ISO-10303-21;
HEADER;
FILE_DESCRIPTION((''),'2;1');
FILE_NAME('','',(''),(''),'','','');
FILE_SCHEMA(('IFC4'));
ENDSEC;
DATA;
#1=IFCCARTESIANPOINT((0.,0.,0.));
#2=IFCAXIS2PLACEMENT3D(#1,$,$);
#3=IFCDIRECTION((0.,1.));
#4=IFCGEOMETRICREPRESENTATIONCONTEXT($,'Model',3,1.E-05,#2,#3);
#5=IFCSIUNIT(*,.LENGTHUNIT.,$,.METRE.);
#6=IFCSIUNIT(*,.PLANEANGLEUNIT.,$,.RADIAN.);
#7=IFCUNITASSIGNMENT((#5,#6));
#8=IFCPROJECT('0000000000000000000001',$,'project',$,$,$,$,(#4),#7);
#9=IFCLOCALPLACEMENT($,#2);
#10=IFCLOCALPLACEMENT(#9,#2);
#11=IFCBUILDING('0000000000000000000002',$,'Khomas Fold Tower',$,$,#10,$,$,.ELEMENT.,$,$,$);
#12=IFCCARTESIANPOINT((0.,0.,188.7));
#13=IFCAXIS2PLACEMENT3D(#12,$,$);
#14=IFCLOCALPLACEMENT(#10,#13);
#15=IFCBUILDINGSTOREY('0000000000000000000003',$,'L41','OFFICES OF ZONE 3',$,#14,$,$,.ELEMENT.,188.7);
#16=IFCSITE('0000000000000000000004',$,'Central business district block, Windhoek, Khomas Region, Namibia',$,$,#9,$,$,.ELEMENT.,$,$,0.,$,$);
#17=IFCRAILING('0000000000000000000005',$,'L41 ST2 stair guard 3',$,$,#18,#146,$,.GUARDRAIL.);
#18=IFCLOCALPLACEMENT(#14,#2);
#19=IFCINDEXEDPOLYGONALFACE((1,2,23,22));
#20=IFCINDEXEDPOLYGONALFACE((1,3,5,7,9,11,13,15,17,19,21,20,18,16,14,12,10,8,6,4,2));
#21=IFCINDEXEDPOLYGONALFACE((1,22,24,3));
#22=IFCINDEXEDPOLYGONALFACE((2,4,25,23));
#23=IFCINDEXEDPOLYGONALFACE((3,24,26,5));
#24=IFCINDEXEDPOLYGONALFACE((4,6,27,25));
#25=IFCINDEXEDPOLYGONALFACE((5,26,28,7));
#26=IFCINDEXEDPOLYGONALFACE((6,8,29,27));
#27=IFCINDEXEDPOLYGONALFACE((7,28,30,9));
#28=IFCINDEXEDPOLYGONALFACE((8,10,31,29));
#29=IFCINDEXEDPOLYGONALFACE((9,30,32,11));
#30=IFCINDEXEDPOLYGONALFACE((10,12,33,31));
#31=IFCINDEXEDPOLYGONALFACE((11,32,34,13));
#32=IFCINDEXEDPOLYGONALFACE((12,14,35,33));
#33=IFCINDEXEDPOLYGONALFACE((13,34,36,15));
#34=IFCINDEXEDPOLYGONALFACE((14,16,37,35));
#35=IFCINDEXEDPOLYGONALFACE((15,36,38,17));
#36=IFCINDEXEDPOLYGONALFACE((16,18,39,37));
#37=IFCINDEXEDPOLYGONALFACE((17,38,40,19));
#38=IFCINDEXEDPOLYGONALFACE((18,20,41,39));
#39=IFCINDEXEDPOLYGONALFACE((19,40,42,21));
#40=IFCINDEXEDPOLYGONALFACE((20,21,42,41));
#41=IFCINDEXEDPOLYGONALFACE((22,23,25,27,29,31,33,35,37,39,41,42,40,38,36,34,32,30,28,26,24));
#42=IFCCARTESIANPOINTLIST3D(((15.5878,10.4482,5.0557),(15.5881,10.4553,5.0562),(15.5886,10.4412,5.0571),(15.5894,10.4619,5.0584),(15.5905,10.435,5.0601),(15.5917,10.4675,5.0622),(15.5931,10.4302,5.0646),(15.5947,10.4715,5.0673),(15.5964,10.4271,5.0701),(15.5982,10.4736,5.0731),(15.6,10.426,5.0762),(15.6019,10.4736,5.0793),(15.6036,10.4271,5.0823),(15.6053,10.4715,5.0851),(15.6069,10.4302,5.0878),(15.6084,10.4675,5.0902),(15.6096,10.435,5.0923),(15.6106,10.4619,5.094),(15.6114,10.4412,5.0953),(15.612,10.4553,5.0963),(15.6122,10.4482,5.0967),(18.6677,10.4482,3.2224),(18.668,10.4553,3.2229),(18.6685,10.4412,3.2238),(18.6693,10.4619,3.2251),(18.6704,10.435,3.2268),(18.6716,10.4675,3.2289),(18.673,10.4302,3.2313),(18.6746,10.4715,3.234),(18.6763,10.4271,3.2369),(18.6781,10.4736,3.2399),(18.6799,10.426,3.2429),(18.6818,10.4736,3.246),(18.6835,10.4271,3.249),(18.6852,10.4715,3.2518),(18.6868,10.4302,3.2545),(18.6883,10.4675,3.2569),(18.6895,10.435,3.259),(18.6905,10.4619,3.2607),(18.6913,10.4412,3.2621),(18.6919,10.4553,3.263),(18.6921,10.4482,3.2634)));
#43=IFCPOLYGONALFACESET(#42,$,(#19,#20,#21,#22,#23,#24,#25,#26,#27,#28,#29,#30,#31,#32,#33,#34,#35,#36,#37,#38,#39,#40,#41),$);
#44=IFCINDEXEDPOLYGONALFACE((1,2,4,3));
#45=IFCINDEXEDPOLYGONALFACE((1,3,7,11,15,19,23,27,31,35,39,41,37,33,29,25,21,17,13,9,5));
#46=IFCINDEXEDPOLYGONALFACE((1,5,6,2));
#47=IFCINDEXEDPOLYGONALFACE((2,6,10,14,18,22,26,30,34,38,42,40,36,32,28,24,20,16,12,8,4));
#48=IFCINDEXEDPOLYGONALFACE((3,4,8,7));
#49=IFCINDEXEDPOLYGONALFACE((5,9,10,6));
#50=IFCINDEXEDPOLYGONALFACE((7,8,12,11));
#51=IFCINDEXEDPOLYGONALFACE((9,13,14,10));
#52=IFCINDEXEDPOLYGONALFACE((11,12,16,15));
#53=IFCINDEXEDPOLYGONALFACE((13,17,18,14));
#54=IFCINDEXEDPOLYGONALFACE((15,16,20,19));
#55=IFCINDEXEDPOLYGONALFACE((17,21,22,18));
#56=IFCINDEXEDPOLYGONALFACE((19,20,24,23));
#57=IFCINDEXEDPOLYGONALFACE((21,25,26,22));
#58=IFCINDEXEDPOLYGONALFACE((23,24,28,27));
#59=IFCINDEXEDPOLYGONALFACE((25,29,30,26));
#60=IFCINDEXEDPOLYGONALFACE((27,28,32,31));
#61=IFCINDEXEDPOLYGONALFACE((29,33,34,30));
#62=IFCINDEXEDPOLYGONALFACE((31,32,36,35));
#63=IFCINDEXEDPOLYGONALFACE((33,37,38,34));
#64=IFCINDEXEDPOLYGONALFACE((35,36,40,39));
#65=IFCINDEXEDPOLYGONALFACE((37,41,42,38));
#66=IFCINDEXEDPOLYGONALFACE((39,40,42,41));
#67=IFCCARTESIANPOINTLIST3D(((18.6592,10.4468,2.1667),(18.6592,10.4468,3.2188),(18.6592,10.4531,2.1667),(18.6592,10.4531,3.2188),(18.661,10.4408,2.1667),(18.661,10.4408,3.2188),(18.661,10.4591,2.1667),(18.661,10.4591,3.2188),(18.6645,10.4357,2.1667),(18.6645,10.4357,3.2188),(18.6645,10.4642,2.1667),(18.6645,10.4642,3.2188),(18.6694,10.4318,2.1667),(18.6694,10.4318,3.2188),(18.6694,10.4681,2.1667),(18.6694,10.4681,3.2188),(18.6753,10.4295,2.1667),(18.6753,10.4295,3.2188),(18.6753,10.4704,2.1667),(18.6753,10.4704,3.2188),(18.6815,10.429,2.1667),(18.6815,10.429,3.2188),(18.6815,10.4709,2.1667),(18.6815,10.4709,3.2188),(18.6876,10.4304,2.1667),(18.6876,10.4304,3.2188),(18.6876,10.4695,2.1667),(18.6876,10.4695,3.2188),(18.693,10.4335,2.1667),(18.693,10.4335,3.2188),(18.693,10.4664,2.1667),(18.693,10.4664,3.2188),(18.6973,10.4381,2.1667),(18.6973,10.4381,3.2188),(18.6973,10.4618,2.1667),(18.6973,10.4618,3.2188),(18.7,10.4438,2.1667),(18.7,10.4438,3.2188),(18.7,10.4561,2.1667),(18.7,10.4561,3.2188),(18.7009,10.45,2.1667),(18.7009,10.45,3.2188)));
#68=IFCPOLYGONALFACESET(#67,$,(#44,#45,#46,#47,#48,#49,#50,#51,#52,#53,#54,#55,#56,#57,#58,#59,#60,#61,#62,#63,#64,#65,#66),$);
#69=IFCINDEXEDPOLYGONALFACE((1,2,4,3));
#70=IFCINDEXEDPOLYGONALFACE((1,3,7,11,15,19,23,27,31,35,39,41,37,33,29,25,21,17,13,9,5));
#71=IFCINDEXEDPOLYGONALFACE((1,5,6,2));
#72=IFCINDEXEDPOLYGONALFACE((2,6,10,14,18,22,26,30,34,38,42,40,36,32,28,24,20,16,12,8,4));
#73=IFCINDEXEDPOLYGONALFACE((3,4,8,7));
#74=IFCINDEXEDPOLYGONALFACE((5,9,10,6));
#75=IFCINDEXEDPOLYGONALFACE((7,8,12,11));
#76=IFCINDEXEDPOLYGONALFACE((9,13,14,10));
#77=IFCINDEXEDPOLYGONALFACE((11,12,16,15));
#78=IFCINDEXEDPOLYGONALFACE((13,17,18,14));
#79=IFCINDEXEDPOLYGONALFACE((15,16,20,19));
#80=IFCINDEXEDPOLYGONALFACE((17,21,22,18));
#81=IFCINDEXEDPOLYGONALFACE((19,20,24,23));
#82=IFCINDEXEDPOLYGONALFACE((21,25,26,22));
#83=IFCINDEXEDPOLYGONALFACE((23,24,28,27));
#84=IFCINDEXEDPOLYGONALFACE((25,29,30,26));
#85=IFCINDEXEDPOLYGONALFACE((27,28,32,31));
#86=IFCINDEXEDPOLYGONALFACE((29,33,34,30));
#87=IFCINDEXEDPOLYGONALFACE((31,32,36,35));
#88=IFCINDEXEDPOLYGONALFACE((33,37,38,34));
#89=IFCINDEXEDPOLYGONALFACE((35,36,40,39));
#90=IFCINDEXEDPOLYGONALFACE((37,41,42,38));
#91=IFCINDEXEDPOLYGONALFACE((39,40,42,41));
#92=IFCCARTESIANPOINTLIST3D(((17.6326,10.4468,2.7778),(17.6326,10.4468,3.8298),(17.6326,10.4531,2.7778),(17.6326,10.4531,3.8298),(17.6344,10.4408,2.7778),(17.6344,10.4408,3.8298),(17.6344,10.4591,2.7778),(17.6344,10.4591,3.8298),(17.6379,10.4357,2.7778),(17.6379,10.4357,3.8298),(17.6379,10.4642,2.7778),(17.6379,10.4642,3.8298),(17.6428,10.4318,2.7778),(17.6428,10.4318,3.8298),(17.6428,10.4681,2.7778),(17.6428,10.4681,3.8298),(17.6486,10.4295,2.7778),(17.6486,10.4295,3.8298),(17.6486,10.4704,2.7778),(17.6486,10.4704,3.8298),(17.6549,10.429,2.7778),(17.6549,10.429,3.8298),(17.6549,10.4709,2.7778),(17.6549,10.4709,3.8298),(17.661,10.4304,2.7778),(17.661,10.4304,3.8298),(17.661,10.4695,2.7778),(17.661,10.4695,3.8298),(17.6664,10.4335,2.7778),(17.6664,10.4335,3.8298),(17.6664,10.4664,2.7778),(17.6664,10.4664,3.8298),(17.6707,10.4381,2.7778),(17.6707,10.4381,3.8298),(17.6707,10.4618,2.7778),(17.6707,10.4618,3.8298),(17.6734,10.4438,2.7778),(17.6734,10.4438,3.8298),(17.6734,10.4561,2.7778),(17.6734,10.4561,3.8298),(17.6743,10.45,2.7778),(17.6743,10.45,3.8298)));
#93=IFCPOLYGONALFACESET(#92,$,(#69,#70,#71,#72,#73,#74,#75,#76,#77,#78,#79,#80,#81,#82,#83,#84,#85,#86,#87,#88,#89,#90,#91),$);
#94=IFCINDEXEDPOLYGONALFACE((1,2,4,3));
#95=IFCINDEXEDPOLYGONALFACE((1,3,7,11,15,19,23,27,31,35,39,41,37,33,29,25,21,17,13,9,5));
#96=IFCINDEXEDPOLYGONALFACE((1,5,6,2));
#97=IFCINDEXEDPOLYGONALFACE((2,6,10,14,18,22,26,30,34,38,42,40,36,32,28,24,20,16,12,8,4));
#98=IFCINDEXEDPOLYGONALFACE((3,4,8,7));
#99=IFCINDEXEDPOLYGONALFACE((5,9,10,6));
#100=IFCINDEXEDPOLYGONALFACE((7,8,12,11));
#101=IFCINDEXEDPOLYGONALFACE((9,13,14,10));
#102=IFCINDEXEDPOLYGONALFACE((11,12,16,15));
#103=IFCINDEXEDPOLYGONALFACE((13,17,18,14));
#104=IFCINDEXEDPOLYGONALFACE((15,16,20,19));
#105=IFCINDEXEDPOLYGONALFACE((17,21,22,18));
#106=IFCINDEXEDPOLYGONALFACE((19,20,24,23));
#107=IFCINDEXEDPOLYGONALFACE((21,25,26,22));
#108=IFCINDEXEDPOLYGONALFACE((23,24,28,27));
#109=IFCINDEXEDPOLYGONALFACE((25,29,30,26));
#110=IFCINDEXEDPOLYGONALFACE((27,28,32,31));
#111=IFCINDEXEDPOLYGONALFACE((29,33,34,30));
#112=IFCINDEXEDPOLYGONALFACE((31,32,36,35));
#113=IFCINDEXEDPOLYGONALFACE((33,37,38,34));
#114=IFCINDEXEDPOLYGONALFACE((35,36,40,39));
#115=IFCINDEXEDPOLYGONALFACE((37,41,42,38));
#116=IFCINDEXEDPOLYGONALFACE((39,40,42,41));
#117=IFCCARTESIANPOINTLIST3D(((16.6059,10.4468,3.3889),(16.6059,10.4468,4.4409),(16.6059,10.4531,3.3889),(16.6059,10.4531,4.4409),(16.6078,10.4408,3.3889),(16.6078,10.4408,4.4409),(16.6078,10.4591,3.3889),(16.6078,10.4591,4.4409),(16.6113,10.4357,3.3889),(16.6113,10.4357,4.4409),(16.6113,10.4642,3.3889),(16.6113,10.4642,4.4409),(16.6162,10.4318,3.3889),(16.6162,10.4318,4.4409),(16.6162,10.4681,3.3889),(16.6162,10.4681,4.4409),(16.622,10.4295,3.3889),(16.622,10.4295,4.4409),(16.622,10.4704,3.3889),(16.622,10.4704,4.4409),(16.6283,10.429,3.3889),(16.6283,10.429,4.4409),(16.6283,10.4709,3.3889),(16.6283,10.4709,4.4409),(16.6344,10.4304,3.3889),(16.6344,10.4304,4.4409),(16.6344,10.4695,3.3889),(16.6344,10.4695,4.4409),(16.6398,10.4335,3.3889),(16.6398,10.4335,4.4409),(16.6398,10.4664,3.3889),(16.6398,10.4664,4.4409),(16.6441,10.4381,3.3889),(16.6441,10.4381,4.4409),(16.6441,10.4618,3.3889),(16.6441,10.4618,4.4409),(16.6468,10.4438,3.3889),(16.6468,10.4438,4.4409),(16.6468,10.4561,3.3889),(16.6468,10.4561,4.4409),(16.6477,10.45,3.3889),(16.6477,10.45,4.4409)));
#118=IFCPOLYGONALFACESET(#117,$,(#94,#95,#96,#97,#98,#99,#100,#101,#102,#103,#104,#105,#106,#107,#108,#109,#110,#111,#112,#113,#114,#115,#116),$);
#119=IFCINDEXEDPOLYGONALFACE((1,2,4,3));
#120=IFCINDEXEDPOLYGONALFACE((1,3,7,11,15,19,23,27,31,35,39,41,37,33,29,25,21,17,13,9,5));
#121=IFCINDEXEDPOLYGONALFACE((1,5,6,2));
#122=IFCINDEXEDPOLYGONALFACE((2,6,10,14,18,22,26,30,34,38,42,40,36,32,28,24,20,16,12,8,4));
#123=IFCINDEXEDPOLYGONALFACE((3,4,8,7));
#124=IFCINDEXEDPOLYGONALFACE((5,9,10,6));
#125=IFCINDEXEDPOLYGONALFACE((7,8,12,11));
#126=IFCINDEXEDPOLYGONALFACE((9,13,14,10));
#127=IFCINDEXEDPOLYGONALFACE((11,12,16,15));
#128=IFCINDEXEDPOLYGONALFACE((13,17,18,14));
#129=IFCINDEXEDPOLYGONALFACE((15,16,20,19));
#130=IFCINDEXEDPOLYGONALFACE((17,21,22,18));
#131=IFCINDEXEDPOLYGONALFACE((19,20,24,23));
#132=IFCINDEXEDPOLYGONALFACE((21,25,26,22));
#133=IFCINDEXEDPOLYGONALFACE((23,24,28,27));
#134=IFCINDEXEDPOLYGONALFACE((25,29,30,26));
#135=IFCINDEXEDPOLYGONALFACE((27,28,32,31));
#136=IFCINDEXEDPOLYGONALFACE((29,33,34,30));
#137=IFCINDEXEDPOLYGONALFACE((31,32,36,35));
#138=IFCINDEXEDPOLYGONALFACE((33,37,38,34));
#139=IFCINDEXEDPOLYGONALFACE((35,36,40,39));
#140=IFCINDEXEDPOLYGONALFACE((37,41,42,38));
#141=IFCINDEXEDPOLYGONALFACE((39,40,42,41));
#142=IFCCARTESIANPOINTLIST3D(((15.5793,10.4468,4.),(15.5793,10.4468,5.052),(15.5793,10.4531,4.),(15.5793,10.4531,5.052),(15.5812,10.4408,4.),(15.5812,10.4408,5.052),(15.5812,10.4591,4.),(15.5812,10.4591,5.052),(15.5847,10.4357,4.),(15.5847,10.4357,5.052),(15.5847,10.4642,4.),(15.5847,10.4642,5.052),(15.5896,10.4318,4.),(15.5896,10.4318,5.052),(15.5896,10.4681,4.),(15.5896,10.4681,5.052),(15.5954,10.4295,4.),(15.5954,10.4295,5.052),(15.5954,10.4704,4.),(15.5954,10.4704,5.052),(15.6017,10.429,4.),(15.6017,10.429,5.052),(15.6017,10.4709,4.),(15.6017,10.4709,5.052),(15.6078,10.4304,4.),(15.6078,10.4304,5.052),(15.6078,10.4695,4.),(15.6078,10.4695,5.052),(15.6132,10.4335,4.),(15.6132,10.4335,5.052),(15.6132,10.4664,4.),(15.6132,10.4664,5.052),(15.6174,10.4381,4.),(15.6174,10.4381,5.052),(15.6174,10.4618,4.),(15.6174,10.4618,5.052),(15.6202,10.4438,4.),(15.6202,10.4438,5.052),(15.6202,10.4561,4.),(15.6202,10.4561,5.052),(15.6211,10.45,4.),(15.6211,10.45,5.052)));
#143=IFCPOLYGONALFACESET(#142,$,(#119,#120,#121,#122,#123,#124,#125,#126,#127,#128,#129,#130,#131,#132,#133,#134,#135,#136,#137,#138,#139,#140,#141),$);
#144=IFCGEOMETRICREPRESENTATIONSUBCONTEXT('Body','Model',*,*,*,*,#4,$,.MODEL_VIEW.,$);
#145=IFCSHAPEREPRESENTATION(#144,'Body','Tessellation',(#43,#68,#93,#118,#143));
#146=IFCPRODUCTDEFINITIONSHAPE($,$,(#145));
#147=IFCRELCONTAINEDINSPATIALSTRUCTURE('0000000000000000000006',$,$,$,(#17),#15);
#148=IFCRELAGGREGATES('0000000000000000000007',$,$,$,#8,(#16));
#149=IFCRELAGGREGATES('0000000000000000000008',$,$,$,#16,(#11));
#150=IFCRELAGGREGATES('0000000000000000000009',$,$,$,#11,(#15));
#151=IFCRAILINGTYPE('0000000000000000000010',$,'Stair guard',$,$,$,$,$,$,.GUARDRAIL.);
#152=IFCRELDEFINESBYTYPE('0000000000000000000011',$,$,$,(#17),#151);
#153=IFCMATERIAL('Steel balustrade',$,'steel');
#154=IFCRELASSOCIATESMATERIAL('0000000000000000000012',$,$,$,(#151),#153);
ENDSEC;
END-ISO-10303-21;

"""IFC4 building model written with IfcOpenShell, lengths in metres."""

from ifc_helpers import new_model, si_unit, direction, frame, origin, origin_2d, place, context, subcontext, project, spatial, circle, extrude, source, transform, mapped, material, type_object, element, save


model = new_model("IFC4")

# Units and contexts
model_context = context("Model", 3, precision=1e-05, world=origin(), true_north=direction((0.0, 1.0)))
body_context = subcontext(model_context, "Body", "Model", "MODEL_VIEW")
ifc_project = project(units=[si_unit("LENGTHUNIT", "METRE"), si_unit("PLANEANGLEUNIT", "RADIAN")], contexts=[model_context])

# Site, building, storey
site_placement = place(None, origin())
site = spatial("IfcSite", under=ifc_project, at=site_placement, Name="Central business district block, Windhoek, Khomas Region, Namibia", CompositionType="ELEMENT", RefElevation=0.0)
building_placement = place(site_placement, origin())
building = spatial("IfcBuilding", under=site, at=building_placement, Name="Khomas Fold Tower", CompositionType="ELEMENT")
storey_placement = place(building_placement, frame((0.0, 0.0, 188.7)))
storey = spatial("IfcBuildingStorey", under=building, at=storey_placement, Name="L41", Description="OFFICES OF ZONE 3", CompositionType="ELEMENT", Elevation=188.7)

# Railing
ifc_material_1 = material(Name="Steel balustrade", Category="steel")
railing_type_1 = type_object("IfcRailingType", Name="Stair guard", PredefinedType="GUARDRAIL", material=ifc_material_1)
shared_shape_1 = source(origin(), body_context, "Body", "SweptSolid", [
    extrude(circle(Radius=0.0239, at=origin_2d()), frame((0.0, 0.0, 1.0762), z_axis=(-0.859291, 0.0, 0.511487), x_axis=(0.0, -1.0, 0.0)), (0.0, 0.0, 1.0), 3.5842),
    extrude(circle(Radius=0.021, at=origin_2d()), origin(), (0.0, 0.0, 1.0), 1.052),
    extrude(circle(Radius=0.021, at=origin_2d()), frame((-1.0266, 0.0, 0.6111)), (0.0, 0.0, 1.0), 1.052),
    extrude(circle(Radius=0.021, at=origin_2d()), frame((-2.0532, 0.0, 1.2222)), (0.0, 0.0, 1.0), 1.052),
    extrude(circle(Radius=0.021, at=origin_2d()), frame((-3.0798, 0.0, 1.8333)), (0.0, 0.0, 1.0), 1.052),
])
railing_1_placement = place(storey_placement, frame((18.6799, 10.45, 2.1667)))
element("IfcRailing", 1, at=railing_1_placement, inside=storey, type_object=railing_type_1, Name="L41 ST2 stair guard 3", PredefinedType="GUARDRAIL", context=body_context, shape_type="MappedRepresentation", body=[
    mapped(shared_shape_1, transform((0.0, 0.0, 0.0))),
])

save(model, "model.ifc")
